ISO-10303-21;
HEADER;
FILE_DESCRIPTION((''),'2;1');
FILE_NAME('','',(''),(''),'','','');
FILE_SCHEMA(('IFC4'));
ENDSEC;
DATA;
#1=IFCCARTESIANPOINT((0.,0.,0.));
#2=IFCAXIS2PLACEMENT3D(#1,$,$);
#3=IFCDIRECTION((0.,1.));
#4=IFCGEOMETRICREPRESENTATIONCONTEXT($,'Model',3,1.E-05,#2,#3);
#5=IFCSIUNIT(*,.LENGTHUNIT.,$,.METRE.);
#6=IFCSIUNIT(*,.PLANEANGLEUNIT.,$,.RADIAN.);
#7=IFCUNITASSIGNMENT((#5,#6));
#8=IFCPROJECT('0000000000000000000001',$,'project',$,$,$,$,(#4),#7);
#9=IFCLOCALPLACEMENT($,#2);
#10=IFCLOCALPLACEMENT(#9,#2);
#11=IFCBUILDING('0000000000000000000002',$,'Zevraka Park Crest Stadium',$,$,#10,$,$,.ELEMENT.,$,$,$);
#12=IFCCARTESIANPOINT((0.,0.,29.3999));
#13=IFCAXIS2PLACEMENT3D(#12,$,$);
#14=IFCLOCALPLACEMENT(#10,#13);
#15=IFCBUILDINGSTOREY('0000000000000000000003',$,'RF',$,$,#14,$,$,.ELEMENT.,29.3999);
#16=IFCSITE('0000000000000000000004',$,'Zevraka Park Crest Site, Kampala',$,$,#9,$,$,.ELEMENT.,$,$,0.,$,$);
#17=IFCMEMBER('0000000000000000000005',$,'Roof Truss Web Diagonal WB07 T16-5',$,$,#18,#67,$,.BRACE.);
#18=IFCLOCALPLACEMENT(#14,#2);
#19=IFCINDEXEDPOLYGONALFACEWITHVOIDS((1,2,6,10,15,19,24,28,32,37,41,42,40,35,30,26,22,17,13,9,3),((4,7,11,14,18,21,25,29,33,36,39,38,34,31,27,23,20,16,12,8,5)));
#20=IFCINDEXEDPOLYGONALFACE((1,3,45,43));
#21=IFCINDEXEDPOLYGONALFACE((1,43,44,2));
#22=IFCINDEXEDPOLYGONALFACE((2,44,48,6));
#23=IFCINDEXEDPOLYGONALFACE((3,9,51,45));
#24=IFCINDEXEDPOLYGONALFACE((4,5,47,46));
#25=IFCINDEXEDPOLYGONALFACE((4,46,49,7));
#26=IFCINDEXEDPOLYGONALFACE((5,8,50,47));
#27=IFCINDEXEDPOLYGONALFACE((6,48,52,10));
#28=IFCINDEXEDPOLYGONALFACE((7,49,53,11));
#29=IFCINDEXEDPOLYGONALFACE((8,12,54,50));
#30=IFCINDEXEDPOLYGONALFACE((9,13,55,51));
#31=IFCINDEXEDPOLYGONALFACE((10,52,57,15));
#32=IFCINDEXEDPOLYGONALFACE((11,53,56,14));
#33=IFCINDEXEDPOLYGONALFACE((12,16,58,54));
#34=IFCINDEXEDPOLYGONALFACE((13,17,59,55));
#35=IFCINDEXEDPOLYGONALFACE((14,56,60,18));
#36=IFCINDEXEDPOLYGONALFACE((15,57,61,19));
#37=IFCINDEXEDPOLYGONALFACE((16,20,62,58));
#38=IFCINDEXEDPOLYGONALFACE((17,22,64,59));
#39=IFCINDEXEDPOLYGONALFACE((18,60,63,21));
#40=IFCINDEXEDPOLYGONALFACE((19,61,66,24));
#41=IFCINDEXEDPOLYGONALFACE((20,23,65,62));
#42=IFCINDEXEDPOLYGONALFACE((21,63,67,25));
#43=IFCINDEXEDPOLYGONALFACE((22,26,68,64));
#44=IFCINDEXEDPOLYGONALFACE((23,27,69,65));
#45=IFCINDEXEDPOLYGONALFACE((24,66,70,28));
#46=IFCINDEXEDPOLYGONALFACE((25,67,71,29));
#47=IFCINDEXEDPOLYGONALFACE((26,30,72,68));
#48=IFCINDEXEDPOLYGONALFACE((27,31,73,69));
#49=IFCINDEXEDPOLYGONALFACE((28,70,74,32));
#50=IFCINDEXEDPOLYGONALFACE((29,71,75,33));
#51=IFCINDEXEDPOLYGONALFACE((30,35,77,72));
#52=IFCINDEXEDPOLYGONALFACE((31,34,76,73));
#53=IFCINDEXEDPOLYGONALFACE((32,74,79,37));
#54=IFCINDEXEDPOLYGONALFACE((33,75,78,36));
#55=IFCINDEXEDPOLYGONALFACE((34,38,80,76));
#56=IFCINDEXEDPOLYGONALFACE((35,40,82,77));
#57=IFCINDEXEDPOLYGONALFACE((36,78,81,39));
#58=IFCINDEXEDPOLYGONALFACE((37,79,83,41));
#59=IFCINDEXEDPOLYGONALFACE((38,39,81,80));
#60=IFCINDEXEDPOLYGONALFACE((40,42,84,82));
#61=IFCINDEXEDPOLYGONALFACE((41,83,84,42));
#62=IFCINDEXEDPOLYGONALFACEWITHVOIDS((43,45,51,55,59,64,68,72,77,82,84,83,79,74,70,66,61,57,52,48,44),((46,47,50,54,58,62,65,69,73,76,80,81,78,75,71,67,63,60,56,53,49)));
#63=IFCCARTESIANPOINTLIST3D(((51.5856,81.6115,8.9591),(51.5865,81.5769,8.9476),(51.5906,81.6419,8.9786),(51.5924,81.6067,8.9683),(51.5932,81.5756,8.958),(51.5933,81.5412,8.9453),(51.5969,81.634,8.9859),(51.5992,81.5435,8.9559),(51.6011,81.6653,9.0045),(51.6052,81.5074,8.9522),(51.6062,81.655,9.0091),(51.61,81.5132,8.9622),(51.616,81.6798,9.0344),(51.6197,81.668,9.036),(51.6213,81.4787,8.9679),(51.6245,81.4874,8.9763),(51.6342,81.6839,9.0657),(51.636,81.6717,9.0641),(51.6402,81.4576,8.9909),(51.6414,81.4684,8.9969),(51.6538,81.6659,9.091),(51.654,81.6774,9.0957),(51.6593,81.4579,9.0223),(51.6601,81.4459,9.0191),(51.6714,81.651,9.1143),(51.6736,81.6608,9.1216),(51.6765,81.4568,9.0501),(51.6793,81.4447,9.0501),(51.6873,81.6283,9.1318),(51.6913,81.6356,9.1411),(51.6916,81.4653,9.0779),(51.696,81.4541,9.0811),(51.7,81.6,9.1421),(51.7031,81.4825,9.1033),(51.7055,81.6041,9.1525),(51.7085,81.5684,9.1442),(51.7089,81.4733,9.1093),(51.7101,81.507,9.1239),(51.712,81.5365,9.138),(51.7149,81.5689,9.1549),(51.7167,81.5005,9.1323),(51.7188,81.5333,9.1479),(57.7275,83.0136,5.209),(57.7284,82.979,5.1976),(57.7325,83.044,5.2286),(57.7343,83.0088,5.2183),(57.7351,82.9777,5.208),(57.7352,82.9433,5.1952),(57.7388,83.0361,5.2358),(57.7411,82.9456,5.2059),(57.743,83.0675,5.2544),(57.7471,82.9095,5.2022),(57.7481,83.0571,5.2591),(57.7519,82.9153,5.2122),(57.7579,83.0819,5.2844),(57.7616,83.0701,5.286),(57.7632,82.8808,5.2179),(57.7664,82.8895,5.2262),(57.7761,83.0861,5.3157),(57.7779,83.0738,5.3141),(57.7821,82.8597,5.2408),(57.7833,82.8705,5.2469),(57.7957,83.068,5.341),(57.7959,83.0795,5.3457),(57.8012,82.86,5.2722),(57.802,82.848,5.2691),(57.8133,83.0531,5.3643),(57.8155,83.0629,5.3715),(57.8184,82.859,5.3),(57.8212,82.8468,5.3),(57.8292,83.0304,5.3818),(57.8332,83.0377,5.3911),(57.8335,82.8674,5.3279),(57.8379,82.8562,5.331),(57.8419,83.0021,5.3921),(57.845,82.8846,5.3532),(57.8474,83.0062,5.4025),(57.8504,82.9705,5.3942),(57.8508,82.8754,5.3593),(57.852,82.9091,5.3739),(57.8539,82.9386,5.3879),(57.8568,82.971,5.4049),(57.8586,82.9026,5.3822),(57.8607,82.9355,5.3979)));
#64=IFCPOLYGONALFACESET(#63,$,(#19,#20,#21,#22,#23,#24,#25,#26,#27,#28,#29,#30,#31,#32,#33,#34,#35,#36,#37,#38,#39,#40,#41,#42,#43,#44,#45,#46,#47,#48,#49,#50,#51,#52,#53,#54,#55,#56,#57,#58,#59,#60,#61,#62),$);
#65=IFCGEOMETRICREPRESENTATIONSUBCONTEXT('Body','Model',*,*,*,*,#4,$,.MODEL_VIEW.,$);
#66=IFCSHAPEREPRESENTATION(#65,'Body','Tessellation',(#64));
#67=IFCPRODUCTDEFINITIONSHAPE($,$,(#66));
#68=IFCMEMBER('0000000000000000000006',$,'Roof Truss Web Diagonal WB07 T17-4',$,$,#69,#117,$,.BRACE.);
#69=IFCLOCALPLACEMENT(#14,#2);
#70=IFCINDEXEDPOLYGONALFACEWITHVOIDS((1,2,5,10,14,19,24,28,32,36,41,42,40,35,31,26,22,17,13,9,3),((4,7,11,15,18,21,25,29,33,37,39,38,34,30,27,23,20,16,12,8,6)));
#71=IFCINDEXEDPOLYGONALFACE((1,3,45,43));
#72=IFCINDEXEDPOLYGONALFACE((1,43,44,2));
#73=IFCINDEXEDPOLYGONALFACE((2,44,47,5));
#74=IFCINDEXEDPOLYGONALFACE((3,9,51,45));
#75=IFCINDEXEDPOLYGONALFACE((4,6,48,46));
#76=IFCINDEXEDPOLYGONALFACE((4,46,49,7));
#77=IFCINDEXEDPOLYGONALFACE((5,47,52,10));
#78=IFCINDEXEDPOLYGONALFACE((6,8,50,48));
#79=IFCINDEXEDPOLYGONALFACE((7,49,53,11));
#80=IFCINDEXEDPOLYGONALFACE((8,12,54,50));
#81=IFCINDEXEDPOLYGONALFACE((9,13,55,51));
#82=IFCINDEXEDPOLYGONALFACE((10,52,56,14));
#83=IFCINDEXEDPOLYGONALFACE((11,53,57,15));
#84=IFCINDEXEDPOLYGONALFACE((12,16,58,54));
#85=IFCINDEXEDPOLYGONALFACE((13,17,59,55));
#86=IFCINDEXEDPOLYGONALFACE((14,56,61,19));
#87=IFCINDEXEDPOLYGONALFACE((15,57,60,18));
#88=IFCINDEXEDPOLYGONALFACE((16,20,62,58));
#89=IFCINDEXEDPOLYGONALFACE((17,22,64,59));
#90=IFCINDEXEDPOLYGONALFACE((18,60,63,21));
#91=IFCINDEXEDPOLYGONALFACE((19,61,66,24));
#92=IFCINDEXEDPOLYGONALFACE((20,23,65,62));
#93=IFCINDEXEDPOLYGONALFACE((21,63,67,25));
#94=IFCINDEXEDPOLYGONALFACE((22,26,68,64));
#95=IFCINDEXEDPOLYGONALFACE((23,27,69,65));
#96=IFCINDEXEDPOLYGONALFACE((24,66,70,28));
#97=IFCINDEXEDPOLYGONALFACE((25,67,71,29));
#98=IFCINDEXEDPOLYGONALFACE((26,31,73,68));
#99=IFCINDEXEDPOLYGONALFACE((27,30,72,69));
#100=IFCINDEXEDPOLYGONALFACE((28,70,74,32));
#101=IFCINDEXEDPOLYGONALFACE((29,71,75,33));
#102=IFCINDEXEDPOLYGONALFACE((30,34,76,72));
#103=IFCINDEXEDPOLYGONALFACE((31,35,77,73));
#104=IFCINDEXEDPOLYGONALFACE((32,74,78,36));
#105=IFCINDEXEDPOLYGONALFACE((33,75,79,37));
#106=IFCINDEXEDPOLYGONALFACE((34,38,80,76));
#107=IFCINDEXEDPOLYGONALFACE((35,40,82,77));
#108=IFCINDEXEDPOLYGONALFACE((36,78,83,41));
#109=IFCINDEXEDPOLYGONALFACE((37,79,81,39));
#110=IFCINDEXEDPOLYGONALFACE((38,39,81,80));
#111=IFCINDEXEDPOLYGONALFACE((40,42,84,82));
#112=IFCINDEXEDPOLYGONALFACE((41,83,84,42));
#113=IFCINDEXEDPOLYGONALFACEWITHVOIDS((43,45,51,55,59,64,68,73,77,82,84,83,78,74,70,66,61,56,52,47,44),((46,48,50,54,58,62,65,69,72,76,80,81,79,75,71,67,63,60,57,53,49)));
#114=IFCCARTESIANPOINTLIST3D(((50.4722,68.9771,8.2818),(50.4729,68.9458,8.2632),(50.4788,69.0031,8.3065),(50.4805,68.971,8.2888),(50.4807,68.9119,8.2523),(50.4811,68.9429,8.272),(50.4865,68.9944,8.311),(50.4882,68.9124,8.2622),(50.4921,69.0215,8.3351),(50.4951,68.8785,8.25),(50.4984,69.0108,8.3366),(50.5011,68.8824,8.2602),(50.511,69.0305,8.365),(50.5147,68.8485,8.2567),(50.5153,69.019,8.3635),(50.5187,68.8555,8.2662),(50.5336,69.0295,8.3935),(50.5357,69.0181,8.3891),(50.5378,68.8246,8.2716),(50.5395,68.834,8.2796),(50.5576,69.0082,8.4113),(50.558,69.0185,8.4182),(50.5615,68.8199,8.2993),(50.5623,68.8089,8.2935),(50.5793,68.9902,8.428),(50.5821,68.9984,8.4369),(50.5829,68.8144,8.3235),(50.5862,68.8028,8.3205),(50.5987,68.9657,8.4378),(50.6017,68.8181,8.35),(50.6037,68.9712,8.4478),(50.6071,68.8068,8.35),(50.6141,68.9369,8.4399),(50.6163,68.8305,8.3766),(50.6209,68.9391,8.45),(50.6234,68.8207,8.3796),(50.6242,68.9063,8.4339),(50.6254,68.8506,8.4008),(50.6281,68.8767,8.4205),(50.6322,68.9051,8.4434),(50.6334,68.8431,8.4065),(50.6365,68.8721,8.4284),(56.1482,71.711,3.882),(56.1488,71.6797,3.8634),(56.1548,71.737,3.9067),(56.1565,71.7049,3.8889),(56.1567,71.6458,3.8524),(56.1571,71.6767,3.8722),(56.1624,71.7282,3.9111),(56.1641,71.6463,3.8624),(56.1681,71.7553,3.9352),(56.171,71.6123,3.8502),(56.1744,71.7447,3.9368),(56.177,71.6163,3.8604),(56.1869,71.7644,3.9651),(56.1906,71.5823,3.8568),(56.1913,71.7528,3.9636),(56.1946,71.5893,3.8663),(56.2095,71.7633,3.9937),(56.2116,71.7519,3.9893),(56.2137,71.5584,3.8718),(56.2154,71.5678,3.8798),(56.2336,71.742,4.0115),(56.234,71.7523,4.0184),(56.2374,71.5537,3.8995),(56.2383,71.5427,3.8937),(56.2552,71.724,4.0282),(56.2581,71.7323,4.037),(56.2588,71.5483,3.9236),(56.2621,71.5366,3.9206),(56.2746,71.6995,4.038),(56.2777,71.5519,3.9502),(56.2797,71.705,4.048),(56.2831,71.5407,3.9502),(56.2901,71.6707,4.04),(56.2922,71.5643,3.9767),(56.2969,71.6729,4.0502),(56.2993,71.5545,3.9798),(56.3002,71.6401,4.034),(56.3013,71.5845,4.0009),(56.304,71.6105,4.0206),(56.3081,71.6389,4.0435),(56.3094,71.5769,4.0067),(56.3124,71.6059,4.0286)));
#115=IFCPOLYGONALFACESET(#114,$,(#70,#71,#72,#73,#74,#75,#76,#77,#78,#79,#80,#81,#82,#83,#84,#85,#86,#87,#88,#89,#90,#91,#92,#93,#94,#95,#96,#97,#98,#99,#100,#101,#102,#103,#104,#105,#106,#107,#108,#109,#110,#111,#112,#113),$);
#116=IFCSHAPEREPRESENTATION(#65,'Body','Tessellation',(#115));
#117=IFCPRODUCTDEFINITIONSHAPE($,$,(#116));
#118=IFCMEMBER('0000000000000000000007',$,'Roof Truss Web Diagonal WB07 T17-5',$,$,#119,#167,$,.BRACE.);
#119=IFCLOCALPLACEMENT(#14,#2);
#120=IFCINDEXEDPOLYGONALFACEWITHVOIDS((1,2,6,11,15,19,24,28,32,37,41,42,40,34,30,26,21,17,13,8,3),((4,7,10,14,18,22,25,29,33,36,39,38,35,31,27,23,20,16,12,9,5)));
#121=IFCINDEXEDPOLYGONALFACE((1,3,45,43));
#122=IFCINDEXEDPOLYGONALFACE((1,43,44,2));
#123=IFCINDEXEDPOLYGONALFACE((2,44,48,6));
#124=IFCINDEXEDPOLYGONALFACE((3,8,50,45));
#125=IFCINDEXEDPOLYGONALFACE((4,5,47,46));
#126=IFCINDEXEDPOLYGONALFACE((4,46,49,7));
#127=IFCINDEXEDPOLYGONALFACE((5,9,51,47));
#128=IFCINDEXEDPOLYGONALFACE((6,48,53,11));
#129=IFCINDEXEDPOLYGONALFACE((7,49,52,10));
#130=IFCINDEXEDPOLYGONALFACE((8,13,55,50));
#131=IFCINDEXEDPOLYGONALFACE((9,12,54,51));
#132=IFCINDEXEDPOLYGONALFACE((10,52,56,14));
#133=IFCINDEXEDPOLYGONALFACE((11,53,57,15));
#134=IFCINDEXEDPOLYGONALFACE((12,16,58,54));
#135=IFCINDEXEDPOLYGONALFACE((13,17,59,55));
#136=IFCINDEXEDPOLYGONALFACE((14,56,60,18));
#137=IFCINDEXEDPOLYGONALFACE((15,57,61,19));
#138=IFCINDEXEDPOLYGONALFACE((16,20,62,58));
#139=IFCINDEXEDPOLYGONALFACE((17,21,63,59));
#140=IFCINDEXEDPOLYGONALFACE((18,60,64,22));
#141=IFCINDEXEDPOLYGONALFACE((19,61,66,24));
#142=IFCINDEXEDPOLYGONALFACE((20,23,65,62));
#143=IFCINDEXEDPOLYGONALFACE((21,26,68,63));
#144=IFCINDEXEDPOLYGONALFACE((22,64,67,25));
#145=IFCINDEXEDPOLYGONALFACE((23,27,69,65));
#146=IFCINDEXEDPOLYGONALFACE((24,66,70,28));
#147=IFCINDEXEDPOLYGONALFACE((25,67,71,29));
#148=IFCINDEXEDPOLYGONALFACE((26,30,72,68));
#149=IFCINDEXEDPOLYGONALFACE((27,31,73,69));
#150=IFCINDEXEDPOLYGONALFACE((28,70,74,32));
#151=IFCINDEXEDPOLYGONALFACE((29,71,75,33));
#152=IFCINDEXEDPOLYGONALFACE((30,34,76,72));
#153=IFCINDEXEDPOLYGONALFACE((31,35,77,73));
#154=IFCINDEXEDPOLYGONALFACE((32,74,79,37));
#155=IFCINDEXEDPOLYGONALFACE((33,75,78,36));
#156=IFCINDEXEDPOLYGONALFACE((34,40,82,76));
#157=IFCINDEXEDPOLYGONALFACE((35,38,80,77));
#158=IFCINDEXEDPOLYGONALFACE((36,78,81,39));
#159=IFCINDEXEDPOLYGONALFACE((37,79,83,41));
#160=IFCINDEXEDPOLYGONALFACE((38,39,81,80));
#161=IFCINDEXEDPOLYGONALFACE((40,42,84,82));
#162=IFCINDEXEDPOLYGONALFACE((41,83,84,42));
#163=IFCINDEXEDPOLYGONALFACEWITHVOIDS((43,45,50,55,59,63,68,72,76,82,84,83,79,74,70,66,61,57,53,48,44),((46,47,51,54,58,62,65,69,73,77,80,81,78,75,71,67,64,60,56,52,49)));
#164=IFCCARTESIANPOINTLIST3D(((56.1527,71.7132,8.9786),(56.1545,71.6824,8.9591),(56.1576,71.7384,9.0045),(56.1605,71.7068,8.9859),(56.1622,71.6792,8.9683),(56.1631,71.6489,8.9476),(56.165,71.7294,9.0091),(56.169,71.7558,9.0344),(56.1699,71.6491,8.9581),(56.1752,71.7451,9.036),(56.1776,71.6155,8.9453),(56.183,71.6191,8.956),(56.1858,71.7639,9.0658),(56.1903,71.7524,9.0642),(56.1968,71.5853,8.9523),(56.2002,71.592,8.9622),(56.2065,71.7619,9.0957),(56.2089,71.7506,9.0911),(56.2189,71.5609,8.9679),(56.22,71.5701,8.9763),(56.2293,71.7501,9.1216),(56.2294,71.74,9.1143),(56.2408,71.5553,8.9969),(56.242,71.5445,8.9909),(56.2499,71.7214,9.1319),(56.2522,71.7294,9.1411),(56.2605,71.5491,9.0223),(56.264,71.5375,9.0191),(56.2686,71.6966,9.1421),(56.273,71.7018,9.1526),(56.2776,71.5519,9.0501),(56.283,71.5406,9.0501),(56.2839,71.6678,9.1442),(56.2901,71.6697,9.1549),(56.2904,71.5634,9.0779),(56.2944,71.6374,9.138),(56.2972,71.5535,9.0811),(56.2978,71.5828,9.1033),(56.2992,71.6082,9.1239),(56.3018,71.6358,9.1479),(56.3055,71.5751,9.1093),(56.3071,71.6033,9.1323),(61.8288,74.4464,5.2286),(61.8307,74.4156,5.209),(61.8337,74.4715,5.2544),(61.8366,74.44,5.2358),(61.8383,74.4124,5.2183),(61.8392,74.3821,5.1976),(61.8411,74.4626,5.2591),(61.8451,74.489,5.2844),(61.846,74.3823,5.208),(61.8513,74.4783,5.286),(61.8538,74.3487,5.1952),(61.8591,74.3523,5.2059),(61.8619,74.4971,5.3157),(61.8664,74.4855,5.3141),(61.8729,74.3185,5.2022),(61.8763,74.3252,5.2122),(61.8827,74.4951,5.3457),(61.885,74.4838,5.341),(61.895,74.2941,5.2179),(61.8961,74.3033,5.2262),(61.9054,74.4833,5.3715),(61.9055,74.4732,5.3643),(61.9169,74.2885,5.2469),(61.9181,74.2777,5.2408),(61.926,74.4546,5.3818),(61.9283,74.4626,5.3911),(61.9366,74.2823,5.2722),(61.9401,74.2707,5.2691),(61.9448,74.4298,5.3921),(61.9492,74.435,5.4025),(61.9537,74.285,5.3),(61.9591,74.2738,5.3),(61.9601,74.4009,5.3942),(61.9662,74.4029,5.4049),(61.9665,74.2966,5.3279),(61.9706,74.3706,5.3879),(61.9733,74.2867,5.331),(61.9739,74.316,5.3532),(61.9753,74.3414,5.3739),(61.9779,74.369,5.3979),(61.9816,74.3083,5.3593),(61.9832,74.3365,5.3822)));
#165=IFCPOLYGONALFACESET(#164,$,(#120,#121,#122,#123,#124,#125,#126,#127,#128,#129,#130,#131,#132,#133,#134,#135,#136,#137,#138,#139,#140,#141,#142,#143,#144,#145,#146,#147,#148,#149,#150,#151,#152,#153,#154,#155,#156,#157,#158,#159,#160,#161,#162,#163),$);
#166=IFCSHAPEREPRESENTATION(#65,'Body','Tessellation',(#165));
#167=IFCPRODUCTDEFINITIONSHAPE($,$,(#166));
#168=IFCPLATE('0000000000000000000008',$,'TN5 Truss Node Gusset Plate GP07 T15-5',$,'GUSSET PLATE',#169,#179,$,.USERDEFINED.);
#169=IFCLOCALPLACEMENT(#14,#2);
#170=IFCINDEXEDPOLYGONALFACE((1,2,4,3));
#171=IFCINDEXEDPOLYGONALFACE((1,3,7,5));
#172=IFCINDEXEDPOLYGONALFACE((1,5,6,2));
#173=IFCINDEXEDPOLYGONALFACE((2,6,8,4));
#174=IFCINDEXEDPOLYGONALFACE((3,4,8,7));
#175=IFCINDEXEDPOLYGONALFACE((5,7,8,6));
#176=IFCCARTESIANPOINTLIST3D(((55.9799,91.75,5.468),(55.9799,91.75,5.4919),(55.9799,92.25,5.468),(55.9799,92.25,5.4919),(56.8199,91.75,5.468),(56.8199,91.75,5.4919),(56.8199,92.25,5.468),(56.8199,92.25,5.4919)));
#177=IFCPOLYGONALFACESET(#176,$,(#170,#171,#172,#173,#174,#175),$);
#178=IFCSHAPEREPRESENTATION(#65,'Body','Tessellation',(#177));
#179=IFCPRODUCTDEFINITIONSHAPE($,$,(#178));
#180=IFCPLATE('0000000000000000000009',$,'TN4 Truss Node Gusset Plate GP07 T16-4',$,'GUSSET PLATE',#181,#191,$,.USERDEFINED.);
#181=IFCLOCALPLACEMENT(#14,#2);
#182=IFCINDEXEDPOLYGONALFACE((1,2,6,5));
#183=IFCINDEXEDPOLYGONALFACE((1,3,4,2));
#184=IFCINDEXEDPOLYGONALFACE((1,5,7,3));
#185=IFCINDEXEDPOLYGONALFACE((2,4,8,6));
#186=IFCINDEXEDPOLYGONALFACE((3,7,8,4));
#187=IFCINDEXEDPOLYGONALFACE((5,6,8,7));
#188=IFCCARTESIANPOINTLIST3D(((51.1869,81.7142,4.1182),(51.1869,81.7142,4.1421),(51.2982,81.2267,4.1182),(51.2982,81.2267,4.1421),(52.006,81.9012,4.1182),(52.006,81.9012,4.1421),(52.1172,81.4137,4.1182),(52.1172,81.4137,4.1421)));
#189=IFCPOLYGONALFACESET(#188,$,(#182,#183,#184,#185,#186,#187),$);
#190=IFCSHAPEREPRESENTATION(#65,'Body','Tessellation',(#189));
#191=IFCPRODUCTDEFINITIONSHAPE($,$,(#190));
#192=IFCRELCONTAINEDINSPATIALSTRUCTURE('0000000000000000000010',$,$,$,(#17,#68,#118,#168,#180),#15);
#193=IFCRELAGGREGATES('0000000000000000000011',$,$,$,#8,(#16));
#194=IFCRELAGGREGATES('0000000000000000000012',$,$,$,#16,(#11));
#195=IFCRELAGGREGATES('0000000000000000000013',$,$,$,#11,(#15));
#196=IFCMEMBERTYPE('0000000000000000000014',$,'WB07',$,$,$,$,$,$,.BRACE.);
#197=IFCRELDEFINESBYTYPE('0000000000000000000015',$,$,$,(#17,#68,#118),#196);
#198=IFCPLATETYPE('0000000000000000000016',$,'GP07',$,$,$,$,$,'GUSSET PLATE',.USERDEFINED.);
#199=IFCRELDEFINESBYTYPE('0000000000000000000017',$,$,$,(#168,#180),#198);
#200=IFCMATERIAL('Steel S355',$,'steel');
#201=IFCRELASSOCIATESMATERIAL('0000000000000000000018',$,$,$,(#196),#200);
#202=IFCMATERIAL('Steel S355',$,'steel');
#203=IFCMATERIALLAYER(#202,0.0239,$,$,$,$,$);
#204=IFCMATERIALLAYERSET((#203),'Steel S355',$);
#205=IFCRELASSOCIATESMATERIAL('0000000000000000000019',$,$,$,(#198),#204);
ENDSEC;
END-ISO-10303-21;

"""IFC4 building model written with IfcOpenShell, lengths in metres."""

from ifc_helpers import new_model, si_unit, direction, frame, origin, origin_2d, place, context, subcontext, project, spatial, rectangle, hollow_circle, extrude, material, layer, layer_set, material_profile, profile_set, type_object, element, save


model = new_model("IFC4")

# Units and contexts
model_context = context("Model", 3, precision=1e-05, world=origin(), true_north=direction((0.0, 1.0)))
body_context = subcontext(model_context, "Body", "Model", "MODEL_VIEW")
ifc_project = project(units=[si_unit("LENGTHUNIT", "METRE"), si_unit("PLANEANGLEUNIT", "RADIAN")], contexts=[model_context])

# Site, building, storey
site_placement = place(None, origin())
site = spatial("IfcSite", under=ifc_project, at=site_placement, Name="Zevraka Park Crest Site, Kampala", CompositionType="ELEMENT", RefElevation=0.0)
building_placement = place(site_placement, origin())
building = spatial("IfcBuilding", under=site, at=building_placement, Name="Zevraka Park Crest Stadium", CompositionType="ELEMENT")
storey_placement = place(building_placement, frame((0.0, 0.0, 29.3999)))
storey = spatial("IfcBuildingStorey", under=building, at=storey_placement, Name="RF", CompositionType="ELEMENT", Elevation=29.3999)

# Members
ifc_material_1 = material(Name="Steel S355", Category="steel")
ifc_material_profile_1 = material_profile(ifc_material_1, hollow_circle(Radius=0.1223, WallThickness=0.0125, at=origin_2d()), Name="CHS 244.5x12.5")
ifc_profile_set_1 = profile_set([ifc_material_profile_1], Name="Steel S355")
member_type_1 = type_object("IfcMemberType", Name="WB07", PredefinedType="BRACE", material=ifc_profile_set_1)
member_1_placement = place(storey_placement, frame((57.7939, 82.9661, 5.3), z_axis=(-0.837736, -0.191244, 0.511493), x_axis=(0.222561, -0.974919, 0.0)))
element("IfcMember", 1, at=member_1_placement, inside=storey, type_object=member_type_1, Name="Roof Truss Web Diagonal WB07 T16-5", PredefinedType="BRACE", context=body_context, shape_type="SweptSolid", body=[
    extrude(hollow_circle(Radius=0.1223, WallThickness=0.0125, at=origin_2d()), origin(), (0.0, 0.0, 1.0), 7.3315),
])
member_2_placement = place(storey_placement, frame((56.23, 71.6509, 3.9502), z_axis=(-0.738639, -0.355769, 0.572573), x_axis=(0.433943, -0.900941, 0.0)))
element("IfcMember", 2, at=member_2_placement, inside=storey, type_object=member_type_1, Name="Roof Truss Web Diagonal WB07 T17-4", PredefinedType="BRACE", context=body_context, shape_type="SweptSolid", body=[
    extrude(hollow_circle(Radius=0.1223, WallThickness=0.0125, at=origin_2d()), origin(), (0.0, 0.0, 1.0), 7.6843),
])
member_3_placement = place(storey_placement, frame((61.906, 74.384, 5.3), z_axis=(-0.774204, -0.3728, 0.511496), x_axis=(0.433848, -0.900986, 0.0)))
element("IfcMember", 3, at=member_3_placement, inside=storey, type_object=member_type_1, Name="Roof Truss Web Diagonal WB07 T17-5", PredefinedType="BRACE", context=body_context, shape_type="SweptSolid", body=[
    extrude(hollow_circle(Radius=0.1223, WallThickness=0.0125, at=origin_2d()), origin(), (0.0, 0.0, 1.0), 7.3315),
])

# Plates
ifc_material_2 = material(Name="Steel S355", Category="steel")
ifc_layer_1 = layer(ifc_material_2, 0.0239)
ifc_layer_set_1 = layer_set([ifc_layer_1], Name="Steel S355")
plate_type_1 = type_object("IfcPlateType", Name="GP07", ElementType="GUSSET PLATE", PredefinedType="USERDEFINED", material=ifc_layer_set_1)
for number, where, z_axis, x_axis, name in (
    (4, (56.3999, 92.0, 5.468), (0.0, 0.0, 1.0), (1.0, 0.0, 0.0), "TN5 Truss Node Gusset Plate GP07 T15-5"),
    (5, (51.6521, 81.564, 4.1182), (0.0, 0.0, 1.0), (0.974917, 0.22257, 0.0), "TN4 Truss Node Gusset Plate GP07 T16-4"),
):
    element("IfcPlate", number, at=place(storey_placement, frame(where, z_axis=z_axis, x_axis=x_axis)), inside=storey, type_object=plate_type_1, Name=name, ObjectType="GUSSET PLATE", PredefinedType="USERDEFINED", context=body_context, shape_type="SweptSolid", body=[
        extrude(rectangle(XDim=0.8401, YDim=0.5, at=origin_2d()), origin(), (0.0, 0.0, 1.0), 0.0239),
    ])

save(model, "model.ifc")
